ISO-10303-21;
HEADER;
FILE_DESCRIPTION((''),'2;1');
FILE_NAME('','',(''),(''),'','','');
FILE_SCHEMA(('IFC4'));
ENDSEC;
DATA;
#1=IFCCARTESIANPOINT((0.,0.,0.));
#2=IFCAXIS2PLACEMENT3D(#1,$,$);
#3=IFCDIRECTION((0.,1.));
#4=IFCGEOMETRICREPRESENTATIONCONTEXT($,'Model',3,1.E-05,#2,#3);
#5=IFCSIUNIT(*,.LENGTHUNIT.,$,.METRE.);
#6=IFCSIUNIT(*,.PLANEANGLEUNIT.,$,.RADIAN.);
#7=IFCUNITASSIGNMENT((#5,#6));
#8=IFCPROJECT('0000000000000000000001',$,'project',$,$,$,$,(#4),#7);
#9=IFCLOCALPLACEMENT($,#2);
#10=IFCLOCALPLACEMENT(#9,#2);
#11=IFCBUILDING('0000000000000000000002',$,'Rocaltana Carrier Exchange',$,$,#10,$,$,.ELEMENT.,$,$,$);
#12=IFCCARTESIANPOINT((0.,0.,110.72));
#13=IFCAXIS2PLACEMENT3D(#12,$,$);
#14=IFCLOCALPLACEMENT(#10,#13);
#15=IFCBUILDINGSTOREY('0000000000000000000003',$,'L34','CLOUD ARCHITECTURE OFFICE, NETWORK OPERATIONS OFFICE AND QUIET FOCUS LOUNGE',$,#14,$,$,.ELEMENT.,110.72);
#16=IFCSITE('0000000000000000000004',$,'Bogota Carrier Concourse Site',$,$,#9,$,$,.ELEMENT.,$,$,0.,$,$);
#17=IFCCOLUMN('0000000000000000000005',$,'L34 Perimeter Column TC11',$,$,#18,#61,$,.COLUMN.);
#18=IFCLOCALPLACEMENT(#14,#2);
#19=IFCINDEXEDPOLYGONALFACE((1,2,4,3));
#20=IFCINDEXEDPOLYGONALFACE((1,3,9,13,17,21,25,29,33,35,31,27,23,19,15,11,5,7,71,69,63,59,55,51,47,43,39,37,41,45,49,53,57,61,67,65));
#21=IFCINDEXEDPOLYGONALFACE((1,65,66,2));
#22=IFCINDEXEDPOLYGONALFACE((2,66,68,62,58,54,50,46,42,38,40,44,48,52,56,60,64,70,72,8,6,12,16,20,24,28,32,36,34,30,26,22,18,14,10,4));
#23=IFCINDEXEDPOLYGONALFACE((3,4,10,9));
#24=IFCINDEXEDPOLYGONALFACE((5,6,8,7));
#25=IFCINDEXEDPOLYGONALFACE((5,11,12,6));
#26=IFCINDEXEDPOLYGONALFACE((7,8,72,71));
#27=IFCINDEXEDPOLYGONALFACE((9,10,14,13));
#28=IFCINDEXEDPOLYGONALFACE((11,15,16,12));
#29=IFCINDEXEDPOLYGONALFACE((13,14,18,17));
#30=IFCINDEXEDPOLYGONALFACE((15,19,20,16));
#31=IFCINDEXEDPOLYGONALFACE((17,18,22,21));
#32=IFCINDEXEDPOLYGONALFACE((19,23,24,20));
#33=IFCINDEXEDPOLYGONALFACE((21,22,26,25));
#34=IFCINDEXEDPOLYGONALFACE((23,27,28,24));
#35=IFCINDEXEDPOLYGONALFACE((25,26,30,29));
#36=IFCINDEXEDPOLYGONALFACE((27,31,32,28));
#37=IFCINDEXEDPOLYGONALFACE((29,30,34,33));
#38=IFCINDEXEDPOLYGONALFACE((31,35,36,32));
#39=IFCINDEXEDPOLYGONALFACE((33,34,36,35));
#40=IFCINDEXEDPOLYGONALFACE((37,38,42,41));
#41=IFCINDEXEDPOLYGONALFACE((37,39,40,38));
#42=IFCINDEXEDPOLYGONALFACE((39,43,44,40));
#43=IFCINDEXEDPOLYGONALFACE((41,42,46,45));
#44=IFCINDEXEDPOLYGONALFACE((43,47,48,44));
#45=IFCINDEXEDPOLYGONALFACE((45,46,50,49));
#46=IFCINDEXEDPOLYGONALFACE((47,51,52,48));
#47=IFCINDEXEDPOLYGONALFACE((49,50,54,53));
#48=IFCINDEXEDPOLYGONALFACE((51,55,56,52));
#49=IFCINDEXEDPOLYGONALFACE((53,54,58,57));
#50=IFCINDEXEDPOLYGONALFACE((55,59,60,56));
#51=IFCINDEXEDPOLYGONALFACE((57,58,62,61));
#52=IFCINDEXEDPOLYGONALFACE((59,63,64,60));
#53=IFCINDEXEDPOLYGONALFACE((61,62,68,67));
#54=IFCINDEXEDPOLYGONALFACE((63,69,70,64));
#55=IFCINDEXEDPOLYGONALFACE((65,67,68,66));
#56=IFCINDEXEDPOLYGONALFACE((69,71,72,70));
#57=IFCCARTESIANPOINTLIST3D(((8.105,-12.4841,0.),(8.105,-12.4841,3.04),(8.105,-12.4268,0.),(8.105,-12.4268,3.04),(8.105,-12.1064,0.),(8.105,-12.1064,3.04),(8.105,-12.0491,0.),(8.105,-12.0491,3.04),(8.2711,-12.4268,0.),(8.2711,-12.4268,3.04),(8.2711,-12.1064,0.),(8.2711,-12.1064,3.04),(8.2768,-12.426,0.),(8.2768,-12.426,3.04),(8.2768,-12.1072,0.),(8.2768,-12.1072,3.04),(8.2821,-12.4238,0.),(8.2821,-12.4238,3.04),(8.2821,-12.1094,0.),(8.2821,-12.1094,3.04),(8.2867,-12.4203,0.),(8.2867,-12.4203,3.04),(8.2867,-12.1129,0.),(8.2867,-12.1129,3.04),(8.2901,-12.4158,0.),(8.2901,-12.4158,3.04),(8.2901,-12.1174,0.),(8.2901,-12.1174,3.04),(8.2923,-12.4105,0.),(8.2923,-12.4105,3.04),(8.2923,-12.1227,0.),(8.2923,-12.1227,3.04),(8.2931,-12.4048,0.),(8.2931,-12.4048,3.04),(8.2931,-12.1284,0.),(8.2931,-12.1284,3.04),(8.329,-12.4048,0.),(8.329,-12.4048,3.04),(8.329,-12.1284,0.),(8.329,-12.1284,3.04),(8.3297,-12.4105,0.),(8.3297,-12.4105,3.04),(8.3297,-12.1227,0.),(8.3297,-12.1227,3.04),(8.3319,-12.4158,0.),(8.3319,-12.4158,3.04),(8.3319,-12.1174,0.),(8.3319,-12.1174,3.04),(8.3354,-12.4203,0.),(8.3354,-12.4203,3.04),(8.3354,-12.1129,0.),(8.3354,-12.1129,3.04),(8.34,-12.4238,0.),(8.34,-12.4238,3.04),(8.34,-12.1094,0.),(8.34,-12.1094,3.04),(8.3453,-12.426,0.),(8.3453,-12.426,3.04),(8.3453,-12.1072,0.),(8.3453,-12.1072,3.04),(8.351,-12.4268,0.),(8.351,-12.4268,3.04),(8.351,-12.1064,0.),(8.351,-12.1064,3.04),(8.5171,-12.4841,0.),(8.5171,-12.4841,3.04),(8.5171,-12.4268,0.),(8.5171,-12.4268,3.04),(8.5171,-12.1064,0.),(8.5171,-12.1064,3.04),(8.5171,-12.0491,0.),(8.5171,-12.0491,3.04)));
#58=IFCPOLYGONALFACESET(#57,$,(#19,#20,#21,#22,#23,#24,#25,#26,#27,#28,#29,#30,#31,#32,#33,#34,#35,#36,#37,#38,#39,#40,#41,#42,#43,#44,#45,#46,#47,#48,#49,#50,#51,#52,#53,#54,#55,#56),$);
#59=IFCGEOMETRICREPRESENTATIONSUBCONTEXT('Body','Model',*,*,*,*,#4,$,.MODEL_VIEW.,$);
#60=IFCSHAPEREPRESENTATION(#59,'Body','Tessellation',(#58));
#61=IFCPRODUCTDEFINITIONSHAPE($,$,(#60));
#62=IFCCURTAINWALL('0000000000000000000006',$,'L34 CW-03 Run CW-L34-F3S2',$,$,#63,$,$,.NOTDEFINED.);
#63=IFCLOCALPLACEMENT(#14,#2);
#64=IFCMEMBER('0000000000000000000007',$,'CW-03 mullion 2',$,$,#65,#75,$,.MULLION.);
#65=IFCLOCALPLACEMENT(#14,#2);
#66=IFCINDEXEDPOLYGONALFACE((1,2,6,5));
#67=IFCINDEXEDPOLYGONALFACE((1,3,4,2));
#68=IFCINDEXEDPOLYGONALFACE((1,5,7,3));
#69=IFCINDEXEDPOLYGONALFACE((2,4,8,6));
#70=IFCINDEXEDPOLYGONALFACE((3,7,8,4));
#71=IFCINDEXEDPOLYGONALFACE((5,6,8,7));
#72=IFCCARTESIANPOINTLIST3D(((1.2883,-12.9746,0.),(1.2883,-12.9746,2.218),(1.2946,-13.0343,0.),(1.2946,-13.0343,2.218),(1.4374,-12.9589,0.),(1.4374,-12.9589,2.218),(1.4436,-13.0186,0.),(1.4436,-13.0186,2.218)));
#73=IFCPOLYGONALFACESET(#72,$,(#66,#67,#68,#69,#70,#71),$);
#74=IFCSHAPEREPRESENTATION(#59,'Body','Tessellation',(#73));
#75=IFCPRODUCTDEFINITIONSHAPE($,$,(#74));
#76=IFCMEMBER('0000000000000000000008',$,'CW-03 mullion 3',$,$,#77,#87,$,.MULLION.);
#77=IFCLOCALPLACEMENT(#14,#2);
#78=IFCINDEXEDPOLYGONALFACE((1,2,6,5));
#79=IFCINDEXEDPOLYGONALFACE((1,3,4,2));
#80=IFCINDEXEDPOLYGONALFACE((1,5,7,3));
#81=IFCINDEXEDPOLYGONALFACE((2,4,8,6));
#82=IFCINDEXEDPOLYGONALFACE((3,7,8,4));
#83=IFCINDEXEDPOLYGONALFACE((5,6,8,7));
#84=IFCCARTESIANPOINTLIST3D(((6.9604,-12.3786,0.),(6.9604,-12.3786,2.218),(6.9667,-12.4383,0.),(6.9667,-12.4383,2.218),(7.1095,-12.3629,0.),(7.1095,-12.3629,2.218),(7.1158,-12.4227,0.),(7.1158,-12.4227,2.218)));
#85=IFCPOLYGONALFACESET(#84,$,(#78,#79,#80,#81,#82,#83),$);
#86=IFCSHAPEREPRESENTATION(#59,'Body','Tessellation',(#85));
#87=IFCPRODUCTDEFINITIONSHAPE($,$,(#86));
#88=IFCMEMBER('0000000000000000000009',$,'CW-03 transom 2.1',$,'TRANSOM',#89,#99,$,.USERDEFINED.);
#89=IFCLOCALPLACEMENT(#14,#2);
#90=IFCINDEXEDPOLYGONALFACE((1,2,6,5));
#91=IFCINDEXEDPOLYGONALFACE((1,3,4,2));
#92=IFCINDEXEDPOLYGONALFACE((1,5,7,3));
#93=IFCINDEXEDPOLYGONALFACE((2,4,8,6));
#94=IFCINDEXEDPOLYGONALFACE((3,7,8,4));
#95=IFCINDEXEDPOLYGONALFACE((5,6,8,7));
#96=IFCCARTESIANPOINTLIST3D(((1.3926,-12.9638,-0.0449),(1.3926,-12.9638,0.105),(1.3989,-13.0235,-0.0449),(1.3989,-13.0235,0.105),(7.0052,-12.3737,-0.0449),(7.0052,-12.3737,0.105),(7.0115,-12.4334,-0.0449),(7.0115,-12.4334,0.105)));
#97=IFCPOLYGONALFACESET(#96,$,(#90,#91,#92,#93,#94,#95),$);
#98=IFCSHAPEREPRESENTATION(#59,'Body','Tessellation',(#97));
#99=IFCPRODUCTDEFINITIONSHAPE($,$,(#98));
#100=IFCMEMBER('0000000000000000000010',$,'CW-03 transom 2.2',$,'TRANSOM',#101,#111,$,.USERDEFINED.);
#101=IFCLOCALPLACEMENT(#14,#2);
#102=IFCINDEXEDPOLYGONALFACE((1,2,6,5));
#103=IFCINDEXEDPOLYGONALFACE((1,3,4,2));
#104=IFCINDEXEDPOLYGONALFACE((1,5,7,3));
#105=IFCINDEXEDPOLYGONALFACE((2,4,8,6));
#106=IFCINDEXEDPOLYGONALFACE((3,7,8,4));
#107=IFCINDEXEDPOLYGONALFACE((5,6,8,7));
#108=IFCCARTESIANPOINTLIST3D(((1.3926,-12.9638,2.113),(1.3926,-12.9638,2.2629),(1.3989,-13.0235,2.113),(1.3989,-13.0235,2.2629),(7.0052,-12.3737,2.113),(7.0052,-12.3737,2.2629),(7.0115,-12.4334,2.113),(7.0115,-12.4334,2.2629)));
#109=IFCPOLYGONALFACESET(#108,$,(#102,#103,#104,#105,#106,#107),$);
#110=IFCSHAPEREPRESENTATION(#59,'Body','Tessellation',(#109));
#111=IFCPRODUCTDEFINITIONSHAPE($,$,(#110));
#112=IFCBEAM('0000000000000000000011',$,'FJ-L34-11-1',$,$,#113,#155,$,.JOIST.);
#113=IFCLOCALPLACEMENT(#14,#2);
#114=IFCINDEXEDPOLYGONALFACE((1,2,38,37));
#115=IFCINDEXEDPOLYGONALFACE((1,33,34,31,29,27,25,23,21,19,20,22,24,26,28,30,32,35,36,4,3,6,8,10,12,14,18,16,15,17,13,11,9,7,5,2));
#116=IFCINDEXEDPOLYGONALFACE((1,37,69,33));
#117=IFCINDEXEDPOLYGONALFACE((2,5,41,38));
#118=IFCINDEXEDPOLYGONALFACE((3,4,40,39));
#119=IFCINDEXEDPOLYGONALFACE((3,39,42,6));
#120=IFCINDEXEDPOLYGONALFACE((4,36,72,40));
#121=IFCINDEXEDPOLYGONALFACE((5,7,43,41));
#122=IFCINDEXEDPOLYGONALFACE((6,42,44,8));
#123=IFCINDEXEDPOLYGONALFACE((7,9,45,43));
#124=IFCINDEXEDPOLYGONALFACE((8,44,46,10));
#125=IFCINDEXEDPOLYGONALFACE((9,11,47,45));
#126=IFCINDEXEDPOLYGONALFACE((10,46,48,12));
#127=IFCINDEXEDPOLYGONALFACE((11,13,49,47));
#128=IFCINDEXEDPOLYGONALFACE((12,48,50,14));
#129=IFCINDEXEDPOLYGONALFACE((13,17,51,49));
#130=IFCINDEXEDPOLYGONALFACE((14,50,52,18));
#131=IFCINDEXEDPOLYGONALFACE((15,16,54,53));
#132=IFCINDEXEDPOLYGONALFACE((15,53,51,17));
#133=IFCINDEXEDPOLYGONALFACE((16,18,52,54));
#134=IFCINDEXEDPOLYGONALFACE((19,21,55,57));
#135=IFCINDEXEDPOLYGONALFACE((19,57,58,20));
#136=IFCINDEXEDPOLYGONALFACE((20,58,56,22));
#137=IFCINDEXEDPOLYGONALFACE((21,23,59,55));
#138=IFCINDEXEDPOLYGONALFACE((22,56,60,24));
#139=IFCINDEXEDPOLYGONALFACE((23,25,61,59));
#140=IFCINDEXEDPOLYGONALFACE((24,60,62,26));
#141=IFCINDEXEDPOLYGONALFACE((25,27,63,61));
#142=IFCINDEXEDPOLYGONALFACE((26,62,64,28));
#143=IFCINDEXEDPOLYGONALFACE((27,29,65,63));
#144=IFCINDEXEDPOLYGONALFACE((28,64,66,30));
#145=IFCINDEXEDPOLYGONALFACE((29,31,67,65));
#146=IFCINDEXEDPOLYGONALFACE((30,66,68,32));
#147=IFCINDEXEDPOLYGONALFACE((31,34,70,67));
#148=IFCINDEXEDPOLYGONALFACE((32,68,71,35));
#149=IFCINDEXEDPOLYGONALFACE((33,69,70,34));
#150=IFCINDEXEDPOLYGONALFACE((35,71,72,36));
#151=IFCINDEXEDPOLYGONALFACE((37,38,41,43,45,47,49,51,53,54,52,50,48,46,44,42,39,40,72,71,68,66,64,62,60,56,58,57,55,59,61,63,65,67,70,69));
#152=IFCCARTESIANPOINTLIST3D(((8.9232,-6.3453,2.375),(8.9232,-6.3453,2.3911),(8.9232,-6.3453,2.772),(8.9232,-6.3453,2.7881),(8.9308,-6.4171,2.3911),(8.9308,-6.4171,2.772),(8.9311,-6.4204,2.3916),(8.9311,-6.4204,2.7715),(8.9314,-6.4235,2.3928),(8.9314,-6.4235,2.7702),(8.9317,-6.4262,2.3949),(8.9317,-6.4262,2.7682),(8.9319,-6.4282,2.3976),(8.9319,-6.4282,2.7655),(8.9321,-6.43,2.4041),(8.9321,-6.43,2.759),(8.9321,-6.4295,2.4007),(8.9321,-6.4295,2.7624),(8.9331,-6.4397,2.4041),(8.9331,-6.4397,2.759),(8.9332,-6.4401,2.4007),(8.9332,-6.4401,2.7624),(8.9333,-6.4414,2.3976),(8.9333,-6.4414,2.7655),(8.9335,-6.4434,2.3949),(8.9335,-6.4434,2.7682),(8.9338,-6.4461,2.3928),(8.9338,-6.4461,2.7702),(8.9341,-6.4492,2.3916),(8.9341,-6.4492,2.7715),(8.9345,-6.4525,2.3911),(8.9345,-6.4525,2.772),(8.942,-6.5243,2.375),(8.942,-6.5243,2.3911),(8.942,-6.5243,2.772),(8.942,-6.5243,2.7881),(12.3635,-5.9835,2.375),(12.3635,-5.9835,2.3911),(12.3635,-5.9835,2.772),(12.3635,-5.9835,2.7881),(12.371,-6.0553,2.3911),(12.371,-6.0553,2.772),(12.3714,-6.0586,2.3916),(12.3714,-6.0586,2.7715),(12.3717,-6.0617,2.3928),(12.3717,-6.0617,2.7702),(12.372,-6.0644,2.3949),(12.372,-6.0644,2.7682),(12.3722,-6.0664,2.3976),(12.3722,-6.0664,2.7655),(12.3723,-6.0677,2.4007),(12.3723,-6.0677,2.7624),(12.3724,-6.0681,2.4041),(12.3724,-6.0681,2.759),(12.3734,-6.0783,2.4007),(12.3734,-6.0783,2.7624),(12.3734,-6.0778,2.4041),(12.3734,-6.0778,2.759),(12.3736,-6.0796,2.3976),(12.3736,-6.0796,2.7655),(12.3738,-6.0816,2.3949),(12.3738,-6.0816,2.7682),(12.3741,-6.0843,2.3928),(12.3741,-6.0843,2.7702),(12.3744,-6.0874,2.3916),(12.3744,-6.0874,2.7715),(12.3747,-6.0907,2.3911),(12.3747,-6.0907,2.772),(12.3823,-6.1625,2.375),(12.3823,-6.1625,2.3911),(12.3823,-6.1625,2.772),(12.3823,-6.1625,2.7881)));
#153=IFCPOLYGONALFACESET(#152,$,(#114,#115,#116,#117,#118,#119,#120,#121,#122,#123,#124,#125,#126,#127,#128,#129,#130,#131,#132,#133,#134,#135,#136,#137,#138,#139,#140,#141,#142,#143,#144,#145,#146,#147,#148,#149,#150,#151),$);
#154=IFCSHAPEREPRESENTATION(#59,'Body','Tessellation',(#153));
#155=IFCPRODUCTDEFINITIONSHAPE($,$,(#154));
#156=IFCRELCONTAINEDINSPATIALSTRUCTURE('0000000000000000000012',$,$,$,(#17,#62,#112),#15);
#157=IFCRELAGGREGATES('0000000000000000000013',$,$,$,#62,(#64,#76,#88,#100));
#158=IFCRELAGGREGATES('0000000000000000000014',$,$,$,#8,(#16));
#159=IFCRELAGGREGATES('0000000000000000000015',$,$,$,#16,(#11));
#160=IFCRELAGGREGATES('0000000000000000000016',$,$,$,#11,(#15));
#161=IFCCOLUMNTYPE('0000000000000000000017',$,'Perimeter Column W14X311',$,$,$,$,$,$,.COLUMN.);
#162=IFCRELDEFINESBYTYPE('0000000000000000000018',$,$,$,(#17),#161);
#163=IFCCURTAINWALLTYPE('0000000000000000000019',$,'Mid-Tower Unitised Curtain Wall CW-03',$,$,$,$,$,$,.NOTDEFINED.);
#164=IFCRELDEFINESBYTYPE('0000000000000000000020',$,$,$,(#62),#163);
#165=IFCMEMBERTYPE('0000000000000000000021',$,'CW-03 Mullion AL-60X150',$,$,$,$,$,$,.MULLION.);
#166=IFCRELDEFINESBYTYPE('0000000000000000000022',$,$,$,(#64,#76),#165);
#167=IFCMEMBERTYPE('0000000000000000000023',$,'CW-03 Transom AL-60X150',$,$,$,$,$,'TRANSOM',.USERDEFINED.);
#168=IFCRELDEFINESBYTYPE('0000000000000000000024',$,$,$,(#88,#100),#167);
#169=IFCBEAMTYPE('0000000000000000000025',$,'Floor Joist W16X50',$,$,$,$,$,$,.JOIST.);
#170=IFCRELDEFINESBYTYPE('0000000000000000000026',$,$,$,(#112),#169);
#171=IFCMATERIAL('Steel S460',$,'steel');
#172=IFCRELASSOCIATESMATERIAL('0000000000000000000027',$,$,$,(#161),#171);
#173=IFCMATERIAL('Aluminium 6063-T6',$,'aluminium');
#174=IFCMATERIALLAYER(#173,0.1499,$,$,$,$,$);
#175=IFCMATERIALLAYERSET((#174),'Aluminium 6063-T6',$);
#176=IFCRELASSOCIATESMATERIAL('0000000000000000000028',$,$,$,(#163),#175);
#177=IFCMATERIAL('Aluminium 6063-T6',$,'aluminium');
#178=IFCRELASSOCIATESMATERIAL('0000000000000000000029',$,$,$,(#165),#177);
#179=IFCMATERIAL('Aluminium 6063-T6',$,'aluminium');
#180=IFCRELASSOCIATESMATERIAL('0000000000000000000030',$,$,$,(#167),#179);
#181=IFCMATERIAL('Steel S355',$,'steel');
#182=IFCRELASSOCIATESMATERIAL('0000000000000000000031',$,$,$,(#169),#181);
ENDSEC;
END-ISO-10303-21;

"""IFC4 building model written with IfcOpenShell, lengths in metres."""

from ifc_helpers import new_model, si_unit, direction, frame, origin, origin_2d, place, context, subcontext, project, spatial, rectangle, i_section, extrude, material, layer, layer_set, material_profile, profile_set, type_object, element, aggregate, save


model = new_model("IFC4")

# Units and contexts
model_context = context("Model", 3, precision=1e-05, world=origin(), true_north=direction((0.0, 1.0)))
body_context = subcontext(model_context, "Body", "Model", "MODEL_VIEW")
ifc_project = project(units=[si_unit("LENGTHUNIT", "METRE"), si_unit("PLANEANGLEUNIT", "RADIAN")], contexts=[model_context])

# Site, building, storey
site_placement = place(None, origin())
site = spatial("IfcSite", under=ifc_project, at=site_placement, Name="Bogota Carrier Concourse Site", CompositionType="ELEMENT", RefElevation=0.0)
building_placement = place(site_placement, origin())
building = spatial("IfcBuilding", under=site, at=building_placement, Name="Rocaltana Carrier Exchange", CompositionType="ELEMENT")
storey_placement = place(building_placement, frame((0.0, 0.0, 110.72)))
storey = spatial("IfcBuildingStorey", under=building, at=storey_placement, Name="L34", Description="CLOUD ARCHITECTURE OFFICE, NETWORK OPERATIONS OFFICE AND QUIET FOCUS LOUNGE", CompositionType="ELEMENT", Elevation=110.72)

# Column
ifc_material_1 = material(Name="Steel S460", Category="steel")
ifc_material_profile_1 = material_profile(ifc_material_1, i_section(OverallWidth=0.4121, OverallDepth=0.4351, WebThickness=0.0359, FlangeThickness=0.0574, FilletRadius=0.022, at=origin_2d()), Name="W14X311")
ifc_profile_set_1 = profile_set([ifc_material_profile_1], Name="Steel S460")
column_type = type_object("IfcColumnType", Name="Perimeter Column W14X311", PredefinedType="COLUMN", material=ifc_profile_set_1)
column_placement = place(storey_placement, frame((8.311, -12.2666, 0.0), z_axis=(0.0, 0.0, 1.0), x_axis=(1.0, 0.0, 0.0)))
element("IfcColumn", 1, at=column_placement, inside=storey, type_object=column_type, Name="L34 Perimeter Column TC11", PredefinedType="COLUMN", context=body_context, shape_type="SweptSolid", body=[
    extrude(i_section(OverallWidth=0.4121, OverallDepth=0.4351, WebThickness=0.0359, FlangeThickness=0.0574, FilletRadius=0.022, at=origin_2d()), origin(), (0.0, 0.0, 1.0), 3.04),
])

# Curtain wall, members
ifc_material_2 = material(Name="Aluminium 6063-T6", Category="aluminium")
ifc_layer_1 = layer(ifc_material_2, 0.1499)
ifc_layer_set_1 = layer_set([ifc_layer_1], Name="Aluminium 6063-T6")
curtain_wall_type = type_object("IfcCurtainWallType", Name="Mid-Tower Unitised Curtain Wall CW-03", PredefinedType="NOTDEFINED", material=ifc_layer_set_1)
curtain_wall_placement = place(storey_placement, origin())
curtain_wall = element("IfcCurtainWall", 2, at=curtain_wall_placement, inside=storey, type_object=curtain_wall_type, Name="L34 CW-03 Run CW-L34-F3S2", PredefinedType="NOTDEFINED")
ifc_material_3 = material(Name="Aluminium 6063-T6", Category="aluminium")
ifc_material_profile_2 = material_profile(ifc_material_3, rectangle(XDim=0.0601, YDim=0.1499, at=origin_2d()), Name="AL-60X150")
ifc_profile_set_2 = profile_set([ifc_material_profile_2], Name="Aluminium 6063-T6")
member_type_1 = type_object("IfcMemberType", Name="CW-03 Mullion AL-60X150", PredefinedType="MULLION", material=ifc_profile_set_2)
member_1_placement = place(storey_placement, frame((1.366, -12.9966, 0.0), z_axis=(0.0, 0.0, 1.0), x_axis=(-0.10453, 0.994522, 0.0)))
member_1 = element("IfcMember", 3, at=member_1_placement, type_object=member_type_1, Name="CW-03 mullion 2", PredefinedType="MULLION", context=body_context, shape_type="SweptSolid", body=[
    extrude(rectangle(XDim=0.0601, YDim=0.1499, at=origin_2d()), origin(), (0.0, 0.0, 1.0), 2.218),
])
member_2_placement = place(storey_placement, frame((7.0381, -12.4006, 0.0), z_axis=(0.0, 0.0, 1.0), x_axis=(-0.10453, 0.994522, 0.0)))
member_2 = element("IfcMember", 4, at=member_2_placement, type_object=member_type_1, Name="CW-03 mullion 3", PredefinedType="MULLION", context=body_context, shape_type="SweptSolid", body=[
    extrude(rectangle(XDim=0.0601, YDim=0.1499, at=origin_2d()), origin(), (0.0, 0.0, 1.0), 2.218),
])
ifc_material_4 = material(Name="Aluminium 6063-T6", Category="aluminium")
ifc_material_profile_3 = material_profile(ifc_material_4, rectangle(XDim=0.0601, YDim=0.1499, at=origin_2d()), Name="AL-60X150")
ifc_profile_set_3 = profile_set([ifc_material_profile_3], Name="Aluminium 6063-T6")
member_type_2 = type_object("IfcMemberType", Name="CW-03 Transom AL-60X150", ElementType="TRANSOM", PredefinedType="USERDEFINED", material=ifc_profile_set_3)
member_3_placement = place(storey_placement, frame((1.3958, -12.9937, 0.03), z_axis=(0.994518, 0.104561, 0.0), x_axis=(-0.104561, 0.994518, 0.0)))
member_3 = element("IfcMember", 5, at=member_3_placement, type_object=member_type_2, Name="CW-03 transom 2.1", ObjectType="TRANSOM", PredefinedType="USERDEFINED", context=body_context, shape_type="SweptSolid", body=[
    extrude(rectangle(XDim=0.0601, YDim=0.1499, at=origin_2d()), origin(), (0.0, 0.0, 1.0), 5.6436),
])
member_4_placement = place(storey_placement, frame((1.3958, -12.9937, 2.188), z_axis=(0.994518, 0.104561, 0.0), x_axis=(-0.104561, 0.994518, 0.0)))
member_4 = element("IfcMember", 6, at=member_4_placement, type_object=member_type_2, Name="CW-03 transom 2.2", ObjectType="TRANSOM", PredefinedType="USERDEFINED", context=body_context, shape_type="SweptSolid", body=[
    extrude(rectangle(XDim=0.0601, YDim=0.1499, at=origin_2d()), origin(), (0.0, 0.0, 1.0), 5.6436),
])

# Beam
ifc_material_5 = material(Name="Steel S355", Category="steel")
ifc_material_profile_4 = material_profile(ifc_material_5, i_section(OverallWidth=0.1799, OverallDepth=0.4131, WebThickness=0.0098, FlangeThickness=0.0161, FilletRadius=0.0129, at=origin_2d()), Name="W16X50")
ifc_profile_set_4 = profile_set([ifc_material_profile_4], Name="Steel S355")
beam_type_1 = type_object("IfcBeamType", Name="Floor Joist W16X50", PredefinedType="JOIST", material=ifc_profile_set_4)
beam_1_placement = place(storey_placement, frame((8.9326, -6.4348, 2.5815), z_axis=(0.994515, 0.104597, 0.0), x_axis=(-0.104597, 0.994515, 0.0)))
element("IfcBeam", 7, at=beam_1_placement, inside=storey, type_object=beam_type_1, Name="FJ-L34-11-1", PredefinedType="JOIST", context=body_context, shape_type="SweptSolid", body=[
    extrude(i_section(OverallWidth=0.1799, OverallDepth=0.4131, WebThickness=0.0098, FlangeThickness=0.0161, FilletRadius=0.0129, at=origin_2d()), origin(), (0.0, 0.0, 1.0), 3.4592),
])

aggregate(curtain_wall, [member_1, member_2, member_3, member_4])

save(model, "model.ifc")
